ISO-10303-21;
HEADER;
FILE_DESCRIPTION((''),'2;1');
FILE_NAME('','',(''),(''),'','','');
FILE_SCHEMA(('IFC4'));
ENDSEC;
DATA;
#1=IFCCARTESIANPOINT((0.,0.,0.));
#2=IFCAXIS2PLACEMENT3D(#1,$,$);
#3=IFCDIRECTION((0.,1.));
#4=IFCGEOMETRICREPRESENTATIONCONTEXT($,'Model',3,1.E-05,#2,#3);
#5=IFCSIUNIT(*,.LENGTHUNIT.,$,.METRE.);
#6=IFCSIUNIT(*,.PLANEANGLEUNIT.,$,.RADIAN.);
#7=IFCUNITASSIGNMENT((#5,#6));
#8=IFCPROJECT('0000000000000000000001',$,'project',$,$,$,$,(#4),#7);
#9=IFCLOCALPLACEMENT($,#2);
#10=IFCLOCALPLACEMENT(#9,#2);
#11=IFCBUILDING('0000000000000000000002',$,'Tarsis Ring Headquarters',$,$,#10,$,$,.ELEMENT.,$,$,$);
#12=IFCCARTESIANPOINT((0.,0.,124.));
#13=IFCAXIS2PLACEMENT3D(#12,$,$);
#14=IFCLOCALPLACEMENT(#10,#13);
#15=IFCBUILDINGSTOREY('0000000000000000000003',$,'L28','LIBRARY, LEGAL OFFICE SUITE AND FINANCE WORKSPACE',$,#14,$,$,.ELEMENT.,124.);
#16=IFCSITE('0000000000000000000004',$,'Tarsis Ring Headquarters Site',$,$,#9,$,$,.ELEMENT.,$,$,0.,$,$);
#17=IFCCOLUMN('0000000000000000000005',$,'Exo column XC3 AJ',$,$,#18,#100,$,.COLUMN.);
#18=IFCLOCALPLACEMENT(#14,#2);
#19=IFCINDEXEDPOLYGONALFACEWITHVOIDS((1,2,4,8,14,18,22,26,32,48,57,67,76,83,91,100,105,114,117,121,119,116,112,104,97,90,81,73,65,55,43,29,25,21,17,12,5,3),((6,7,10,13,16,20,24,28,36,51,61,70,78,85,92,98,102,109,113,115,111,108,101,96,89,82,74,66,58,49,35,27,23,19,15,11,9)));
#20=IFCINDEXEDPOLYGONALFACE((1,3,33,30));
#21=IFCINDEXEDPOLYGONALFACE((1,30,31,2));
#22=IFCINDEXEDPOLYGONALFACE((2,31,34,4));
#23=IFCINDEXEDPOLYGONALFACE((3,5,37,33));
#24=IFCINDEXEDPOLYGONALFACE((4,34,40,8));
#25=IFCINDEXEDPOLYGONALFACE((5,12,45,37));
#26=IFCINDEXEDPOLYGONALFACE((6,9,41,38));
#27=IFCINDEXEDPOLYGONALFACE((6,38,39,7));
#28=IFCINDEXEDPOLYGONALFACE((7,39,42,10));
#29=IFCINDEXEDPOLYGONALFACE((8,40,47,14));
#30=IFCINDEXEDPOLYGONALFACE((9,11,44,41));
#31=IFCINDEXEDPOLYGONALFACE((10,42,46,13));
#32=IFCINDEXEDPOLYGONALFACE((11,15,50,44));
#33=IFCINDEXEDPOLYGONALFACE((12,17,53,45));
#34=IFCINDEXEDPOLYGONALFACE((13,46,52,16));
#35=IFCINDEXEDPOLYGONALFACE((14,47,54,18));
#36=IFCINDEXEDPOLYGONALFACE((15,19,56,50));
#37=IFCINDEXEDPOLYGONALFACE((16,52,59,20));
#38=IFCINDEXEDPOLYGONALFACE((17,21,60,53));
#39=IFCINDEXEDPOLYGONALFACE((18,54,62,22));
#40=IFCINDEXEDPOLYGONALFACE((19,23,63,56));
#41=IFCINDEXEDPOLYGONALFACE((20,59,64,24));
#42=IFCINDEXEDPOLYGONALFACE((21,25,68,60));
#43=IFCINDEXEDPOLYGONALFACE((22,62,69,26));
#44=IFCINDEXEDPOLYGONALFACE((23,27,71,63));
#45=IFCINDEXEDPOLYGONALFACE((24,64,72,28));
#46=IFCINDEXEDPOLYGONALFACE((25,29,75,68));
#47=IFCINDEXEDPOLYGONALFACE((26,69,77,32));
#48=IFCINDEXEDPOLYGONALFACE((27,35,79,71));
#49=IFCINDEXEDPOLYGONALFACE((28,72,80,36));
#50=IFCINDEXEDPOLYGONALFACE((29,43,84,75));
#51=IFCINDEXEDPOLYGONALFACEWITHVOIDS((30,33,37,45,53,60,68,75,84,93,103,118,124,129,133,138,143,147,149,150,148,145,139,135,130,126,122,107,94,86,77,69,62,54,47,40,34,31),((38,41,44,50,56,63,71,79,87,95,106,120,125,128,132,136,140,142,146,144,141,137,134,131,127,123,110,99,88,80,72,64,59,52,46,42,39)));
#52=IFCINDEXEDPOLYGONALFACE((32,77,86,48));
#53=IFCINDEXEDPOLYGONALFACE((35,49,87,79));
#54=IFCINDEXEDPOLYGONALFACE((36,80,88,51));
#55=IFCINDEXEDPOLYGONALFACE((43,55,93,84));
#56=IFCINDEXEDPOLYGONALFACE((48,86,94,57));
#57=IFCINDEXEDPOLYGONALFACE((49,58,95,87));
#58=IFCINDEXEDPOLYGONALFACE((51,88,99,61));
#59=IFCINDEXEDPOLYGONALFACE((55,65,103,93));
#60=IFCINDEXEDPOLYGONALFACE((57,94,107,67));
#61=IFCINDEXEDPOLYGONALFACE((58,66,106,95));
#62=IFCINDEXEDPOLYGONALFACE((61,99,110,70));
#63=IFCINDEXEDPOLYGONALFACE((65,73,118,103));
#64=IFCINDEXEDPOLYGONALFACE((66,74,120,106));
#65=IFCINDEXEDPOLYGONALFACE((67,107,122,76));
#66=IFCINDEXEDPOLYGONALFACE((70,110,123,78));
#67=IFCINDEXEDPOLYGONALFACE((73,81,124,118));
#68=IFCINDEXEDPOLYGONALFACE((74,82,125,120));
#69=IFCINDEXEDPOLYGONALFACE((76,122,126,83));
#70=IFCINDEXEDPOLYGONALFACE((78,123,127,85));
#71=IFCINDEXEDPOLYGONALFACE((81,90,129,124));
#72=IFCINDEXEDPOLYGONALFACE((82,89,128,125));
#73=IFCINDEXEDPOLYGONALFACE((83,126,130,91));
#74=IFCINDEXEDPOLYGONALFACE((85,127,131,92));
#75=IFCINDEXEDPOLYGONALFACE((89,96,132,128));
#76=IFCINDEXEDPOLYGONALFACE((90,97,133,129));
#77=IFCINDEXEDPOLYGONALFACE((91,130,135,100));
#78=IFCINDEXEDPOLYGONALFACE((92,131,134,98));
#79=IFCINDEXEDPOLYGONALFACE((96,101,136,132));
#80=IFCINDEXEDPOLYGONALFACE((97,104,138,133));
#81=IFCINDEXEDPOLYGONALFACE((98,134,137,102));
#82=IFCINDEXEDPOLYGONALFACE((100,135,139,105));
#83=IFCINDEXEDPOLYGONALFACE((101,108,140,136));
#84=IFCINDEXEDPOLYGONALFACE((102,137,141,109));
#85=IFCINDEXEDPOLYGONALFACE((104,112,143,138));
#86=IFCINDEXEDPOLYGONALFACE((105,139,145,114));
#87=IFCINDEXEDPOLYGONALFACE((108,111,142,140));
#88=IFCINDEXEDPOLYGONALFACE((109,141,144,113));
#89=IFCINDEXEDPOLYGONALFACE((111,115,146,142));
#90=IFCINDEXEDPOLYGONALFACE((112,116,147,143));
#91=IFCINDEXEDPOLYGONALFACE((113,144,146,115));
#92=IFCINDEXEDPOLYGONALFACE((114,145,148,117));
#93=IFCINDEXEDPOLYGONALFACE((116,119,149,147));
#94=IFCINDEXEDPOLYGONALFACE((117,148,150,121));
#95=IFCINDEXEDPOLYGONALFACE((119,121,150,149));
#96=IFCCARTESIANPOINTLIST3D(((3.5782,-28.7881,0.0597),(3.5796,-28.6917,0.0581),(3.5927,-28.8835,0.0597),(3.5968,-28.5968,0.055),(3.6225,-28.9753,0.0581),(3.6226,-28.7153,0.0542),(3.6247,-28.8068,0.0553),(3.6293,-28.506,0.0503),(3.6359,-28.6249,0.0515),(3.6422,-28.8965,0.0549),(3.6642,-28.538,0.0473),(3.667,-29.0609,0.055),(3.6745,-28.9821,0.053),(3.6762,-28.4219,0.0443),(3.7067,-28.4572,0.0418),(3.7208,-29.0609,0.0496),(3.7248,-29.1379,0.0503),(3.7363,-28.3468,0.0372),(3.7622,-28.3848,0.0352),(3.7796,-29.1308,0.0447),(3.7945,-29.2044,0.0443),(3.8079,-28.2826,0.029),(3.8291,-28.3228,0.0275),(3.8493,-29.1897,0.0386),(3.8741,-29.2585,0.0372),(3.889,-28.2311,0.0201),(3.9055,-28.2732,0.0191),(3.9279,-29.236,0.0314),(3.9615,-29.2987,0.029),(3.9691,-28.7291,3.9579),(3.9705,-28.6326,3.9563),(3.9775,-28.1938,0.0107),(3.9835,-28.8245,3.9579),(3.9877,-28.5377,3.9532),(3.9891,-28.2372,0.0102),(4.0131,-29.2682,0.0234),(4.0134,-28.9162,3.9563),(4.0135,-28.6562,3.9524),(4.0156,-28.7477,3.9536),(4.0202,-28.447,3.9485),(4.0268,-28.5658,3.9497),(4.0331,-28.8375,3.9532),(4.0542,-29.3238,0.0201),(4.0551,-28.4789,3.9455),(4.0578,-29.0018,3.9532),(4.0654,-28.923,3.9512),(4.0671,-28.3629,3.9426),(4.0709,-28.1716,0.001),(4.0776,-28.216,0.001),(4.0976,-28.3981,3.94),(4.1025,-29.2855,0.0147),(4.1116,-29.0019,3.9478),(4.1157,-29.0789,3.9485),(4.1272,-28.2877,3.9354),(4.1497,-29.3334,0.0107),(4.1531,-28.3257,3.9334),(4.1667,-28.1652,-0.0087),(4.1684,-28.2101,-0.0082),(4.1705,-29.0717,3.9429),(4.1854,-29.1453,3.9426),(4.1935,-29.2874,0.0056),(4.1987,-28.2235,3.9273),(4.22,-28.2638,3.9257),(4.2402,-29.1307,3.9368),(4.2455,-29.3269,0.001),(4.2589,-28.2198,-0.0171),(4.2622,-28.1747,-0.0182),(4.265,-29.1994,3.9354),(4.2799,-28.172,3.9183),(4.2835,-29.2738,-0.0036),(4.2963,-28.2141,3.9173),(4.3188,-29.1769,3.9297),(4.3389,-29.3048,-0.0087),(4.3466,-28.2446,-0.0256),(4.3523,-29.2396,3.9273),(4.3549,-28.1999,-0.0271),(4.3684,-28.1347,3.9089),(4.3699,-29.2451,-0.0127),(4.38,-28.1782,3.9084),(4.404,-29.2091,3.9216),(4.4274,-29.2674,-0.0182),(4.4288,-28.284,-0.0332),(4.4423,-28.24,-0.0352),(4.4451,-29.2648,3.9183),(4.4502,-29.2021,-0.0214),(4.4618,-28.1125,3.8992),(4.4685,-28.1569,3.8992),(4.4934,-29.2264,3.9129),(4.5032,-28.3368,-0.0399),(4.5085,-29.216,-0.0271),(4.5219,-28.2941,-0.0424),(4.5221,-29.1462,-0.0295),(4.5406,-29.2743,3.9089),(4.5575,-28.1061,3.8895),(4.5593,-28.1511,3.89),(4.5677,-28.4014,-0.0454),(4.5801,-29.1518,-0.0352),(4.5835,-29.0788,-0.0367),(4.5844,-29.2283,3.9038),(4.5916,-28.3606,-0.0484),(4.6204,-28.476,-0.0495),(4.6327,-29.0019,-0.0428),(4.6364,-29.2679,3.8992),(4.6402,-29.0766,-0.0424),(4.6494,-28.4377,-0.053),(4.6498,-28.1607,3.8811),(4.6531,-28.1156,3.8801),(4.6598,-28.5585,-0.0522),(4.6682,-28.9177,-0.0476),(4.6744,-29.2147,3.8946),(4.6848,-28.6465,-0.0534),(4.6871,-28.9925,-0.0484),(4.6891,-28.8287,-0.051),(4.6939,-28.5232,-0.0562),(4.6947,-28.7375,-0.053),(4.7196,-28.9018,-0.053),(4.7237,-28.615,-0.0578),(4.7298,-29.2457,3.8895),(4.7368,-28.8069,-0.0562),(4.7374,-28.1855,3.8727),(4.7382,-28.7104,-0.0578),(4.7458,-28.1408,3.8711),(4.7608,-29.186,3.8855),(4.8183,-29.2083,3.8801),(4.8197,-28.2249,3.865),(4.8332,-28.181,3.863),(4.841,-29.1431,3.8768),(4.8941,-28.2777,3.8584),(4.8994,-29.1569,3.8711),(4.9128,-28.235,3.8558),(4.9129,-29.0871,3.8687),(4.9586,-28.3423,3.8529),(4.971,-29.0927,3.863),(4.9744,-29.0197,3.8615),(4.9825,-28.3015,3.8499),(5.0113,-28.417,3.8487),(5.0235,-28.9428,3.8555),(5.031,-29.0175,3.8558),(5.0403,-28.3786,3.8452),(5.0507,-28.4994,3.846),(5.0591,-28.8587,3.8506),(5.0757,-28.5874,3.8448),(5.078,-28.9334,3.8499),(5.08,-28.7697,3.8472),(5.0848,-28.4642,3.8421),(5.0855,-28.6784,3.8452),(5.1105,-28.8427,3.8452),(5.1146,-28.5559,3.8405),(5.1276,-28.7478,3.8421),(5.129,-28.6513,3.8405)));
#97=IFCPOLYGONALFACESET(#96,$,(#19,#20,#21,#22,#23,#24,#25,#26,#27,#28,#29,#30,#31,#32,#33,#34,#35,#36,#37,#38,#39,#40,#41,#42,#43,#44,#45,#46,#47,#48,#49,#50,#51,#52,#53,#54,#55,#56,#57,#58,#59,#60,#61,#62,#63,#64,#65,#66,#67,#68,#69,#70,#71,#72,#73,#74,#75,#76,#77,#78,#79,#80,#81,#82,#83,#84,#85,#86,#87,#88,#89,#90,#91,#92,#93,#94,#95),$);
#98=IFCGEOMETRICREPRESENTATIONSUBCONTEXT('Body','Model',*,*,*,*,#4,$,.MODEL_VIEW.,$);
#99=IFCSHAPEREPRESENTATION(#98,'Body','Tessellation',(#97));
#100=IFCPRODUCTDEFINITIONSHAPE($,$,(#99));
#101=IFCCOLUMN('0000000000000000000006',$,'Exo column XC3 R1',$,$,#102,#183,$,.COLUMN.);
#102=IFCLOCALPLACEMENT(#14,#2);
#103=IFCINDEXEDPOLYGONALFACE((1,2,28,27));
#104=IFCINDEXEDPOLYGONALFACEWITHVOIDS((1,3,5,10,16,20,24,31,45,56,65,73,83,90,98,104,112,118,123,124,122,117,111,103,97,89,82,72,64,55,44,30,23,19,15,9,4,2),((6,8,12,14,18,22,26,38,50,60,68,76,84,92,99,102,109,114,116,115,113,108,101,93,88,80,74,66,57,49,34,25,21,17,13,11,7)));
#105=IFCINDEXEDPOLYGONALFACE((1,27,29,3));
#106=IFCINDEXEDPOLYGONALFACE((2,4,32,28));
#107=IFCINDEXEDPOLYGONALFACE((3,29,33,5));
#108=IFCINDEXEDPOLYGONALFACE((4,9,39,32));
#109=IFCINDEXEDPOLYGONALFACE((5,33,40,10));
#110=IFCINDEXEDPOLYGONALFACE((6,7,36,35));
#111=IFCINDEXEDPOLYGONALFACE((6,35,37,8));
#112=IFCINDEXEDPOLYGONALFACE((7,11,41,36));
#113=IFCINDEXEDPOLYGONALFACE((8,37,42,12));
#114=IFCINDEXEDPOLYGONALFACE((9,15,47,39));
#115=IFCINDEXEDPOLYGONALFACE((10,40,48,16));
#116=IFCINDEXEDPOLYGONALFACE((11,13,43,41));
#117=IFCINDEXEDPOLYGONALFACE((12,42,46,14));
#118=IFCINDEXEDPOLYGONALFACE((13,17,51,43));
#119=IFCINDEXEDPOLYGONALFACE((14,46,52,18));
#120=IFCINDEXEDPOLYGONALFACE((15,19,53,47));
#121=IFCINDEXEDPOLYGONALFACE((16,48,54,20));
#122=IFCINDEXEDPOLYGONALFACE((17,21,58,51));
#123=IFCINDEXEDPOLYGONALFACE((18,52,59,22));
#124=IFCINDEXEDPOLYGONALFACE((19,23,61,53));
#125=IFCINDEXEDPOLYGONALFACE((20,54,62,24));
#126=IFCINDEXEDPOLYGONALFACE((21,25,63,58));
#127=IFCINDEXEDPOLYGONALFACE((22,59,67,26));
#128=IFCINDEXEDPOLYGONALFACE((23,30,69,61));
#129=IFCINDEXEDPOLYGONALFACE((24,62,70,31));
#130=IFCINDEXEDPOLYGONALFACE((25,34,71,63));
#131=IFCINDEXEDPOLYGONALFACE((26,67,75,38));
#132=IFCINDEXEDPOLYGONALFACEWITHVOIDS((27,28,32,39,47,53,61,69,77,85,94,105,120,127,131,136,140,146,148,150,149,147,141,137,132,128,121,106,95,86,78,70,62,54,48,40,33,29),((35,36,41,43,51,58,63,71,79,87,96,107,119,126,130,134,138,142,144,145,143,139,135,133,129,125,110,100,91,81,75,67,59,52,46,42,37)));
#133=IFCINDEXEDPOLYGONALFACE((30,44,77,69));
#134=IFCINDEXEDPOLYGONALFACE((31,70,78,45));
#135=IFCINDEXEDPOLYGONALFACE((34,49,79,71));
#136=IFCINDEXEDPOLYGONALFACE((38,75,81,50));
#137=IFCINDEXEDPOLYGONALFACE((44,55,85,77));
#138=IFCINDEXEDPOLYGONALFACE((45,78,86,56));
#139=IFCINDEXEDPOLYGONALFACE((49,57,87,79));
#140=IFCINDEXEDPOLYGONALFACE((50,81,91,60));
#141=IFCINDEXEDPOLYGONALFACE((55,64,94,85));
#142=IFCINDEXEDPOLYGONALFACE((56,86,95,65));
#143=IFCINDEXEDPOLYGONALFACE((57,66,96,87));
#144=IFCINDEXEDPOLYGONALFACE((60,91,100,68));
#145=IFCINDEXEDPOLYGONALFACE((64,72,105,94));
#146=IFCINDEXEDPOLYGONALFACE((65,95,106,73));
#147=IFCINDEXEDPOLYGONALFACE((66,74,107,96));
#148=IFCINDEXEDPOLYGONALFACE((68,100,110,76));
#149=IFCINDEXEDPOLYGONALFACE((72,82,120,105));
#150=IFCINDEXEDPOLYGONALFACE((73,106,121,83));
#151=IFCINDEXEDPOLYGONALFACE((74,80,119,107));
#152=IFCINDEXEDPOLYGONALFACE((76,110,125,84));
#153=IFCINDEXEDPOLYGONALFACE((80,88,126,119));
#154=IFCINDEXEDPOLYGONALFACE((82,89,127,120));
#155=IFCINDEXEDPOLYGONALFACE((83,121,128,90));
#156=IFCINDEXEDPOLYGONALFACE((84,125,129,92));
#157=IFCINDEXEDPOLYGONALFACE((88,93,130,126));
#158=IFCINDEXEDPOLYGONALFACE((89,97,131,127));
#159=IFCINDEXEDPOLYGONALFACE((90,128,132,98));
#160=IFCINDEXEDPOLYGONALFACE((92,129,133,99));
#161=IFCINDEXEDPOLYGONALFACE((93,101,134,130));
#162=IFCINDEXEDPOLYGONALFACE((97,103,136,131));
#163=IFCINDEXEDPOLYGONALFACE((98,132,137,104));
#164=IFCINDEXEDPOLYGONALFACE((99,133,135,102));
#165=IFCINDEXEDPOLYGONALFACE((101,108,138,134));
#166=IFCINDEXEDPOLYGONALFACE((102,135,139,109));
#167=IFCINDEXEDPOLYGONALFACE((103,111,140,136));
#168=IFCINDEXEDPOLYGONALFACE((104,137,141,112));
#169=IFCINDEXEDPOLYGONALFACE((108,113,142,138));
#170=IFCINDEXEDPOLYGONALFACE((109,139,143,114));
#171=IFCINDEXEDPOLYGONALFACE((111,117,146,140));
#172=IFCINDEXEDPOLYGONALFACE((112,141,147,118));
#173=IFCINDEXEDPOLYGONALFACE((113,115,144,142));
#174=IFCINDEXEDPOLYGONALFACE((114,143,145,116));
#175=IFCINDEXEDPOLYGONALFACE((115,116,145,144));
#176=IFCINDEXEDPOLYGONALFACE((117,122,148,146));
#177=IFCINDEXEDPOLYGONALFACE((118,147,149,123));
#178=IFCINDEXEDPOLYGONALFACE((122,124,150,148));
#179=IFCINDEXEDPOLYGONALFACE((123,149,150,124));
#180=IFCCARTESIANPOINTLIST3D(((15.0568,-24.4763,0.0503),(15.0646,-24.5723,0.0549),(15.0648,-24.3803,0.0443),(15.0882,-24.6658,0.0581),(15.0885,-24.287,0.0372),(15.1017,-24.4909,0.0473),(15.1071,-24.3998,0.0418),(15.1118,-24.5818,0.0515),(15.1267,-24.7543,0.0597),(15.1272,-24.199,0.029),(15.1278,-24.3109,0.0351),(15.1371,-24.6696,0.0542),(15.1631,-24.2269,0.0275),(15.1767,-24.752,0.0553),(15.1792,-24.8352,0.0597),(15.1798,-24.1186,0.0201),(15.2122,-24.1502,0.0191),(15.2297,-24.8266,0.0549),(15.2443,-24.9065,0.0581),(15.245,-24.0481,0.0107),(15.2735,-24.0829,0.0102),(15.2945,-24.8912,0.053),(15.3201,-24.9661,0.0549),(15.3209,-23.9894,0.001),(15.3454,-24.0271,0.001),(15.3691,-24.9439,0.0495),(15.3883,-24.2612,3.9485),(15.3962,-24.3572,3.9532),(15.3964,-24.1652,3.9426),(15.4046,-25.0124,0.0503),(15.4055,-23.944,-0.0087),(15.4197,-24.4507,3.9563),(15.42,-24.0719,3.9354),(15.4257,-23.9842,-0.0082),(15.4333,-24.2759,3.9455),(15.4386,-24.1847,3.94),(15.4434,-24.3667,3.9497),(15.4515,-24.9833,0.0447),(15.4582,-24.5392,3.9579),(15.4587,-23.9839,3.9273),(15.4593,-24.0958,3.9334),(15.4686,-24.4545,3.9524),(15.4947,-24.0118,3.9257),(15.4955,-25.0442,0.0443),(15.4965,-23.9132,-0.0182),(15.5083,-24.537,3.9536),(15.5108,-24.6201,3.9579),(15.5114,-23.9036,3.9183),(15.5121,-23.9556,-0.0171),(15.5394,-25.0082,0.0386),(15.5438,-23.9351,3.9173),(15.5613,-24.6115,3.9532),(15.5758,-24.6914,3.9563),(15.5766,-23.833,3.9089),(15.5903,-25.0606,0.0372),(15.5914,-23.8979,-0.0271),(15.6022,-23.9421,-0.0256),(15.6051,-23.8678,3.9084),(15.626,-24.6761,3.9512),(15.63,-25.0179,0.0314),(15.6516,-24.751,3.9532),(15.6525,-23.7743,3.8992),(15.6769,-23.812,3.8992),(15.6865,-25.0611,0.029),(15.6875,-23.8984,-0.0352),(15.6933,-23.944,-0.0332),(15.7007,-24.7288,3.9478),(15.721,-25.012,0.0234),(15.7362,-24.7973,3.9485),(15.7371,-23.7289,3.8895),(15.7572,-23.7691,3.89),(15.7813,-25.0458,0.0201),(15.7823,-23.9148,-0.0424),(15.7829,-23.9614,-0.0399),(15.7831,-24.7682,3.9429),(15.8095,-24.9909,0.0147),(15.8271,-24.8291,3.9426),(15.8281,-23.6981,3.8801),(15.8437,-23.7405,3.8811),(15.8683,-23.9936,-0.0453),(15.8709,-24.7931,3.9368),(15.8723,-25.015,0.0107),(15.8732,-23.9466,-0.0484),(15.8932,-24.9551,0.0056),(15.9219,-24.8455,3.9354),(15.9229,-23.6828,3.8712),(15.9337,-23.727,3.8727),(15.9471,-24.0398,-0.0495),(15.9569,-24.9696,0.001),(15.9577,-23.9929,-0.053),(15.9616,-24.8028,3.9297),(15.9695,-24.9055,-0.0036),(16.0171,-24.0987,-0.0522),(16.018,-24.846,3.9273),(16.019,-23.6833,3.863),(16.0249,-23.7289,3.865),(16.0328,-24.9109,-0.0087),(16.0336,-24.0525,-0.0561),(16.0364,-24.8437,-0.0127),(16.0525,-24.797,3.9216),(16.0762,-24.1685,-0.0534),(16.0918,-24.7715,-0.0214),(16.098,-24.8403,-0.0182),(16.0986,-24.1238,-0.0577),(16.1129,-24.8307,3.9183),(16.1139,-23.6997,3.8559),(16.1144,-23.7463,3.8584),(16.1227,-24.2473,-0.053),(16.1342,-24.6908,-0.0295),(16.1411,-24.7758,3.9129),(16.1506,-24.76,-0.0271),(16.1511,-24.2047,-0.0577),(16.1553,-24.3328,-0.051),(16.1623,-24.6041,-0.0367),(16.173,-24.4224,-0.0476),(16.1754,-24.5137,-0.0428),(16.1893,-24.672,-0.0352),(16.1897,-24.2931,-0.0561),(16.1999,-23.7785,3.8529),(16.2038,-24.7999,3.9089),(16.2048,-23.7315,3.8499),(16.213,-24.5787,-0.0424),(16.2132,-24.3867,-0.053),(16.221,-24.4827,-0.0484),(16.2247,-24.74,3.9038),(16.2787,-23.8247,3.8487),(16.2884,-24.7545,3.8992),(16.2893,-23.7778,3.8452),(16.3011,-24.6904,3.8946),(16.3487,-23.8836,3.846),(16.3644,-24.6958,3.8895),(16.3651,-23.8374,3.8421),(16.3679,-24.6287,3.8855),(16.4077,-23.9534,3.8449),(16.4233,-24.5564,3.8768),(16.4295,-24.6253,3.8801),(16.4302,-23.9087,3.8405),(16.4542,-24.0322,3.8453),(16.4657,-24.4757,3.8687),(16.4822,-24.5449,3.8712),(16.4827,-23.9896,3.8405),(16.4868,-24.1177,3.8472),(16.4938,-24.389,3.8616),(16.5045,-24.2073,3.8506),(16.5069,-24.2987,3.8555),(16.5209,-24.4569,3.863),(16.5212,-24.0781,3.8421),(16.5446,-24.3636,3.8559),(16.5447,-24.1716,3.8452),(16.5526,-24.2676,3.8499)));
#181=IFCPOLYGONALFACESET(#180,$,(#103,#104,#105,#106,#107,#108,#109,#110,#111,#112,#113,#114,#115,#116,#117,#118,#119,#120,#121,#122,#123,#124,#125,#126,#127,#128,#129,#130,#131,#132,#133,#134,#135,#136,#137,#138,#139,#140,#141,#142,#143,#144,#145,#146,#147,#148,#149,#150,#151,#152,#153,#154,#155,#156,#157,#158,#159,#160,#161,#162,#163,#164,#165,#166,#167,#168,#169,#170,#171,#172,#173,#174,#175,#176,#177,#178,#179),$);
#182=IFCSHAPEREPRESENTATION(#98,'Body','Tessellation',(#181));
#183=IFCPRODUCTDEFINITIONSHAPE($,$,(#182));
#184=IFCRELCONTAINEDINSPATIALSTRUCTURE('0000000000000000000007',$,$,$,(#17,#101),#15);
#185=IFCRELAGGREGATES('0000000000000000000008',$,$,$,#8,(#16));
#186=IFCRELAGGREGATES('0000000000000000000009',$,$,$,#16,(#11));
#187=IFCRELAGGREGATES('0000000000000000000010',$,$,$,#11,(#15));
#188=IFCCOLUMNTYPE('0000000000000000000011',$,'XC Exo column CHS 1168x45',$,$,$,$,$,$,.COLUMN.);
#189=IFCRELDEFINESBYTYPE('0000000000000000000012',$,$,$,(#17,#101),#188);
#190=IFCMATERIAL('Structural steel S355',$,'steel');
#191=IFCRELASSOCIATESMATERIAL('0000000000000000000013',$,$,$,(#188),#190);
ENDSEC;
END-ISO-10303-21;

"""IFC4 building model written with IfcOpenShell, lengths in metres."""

from ifc_helpers import new_model, si_unit, direction, frame, origin, origin_2d, place, context, subcontext, project, spatial, hollow_circle, extrude, material, material_profile, profile_set, type_object, element, save


model = new_model("IFC4")

# Units and contexts
model_context = context("Model", 3, precision=1e-05, world=origin(), true_north=direction((0.0, 1.0)))
body_context = subcontext(model_context, "Body", "Model", "MODEL_VIEW")
ifc_project = project(units=[si_unit("LENGTHUNIT", "METRE"), si_unit("PLANEANGLEUNIT", "RADIAN")], contexts=[model_context])

# Site, building, storey
site_placement = place(None, origin())
site = spatial("IfcSite", under=ifc_project, at=site_placement, Name="Tarsis Ring Headquarters Site", CompositionType="ELEMENT", RefElevation=0.0)
building_placement = place(site_placement, origin())
building = spatial("IfcBuilding", under=site, at=building_placement, Name="Tarsis Ring Headquarters", CompositionType="ELEMENT")
storey_placement = place(building_placement, frame((0.0, 0.0, 124.0)))
storey = spatial("IfcBuildingStorey", under=building, at=storey_placement, Name="L28", Description="LIBRARY, LEGAL OFFICE SUITE AND FINANCE WORKSPACE", CompositionType="ELEMENT", Elevation=124.0)

# Columns
ifc_material_1 = material(Name="Structural steel S355", Category="steel")
ifc_material_profile_1 = material_profile(ifc_material_1, hollow_circle(Radius=0.5842, WallThickness=0.0449, at=origin_2d()), Name="CHS 1168x45")
ifc_profile_set_1 = profile_set([ifc_material_profile_1], Name="Structural steel S355")
column_type = type_object("IfcColumnType", Name="XC Exo column CHS 1168x45", PredefinedType="COLUMN", material=ifc_profile_set_1)
for number, where, z_axis, x_axis, name in (
    (1, (4.1582, -28.7493, 0.001), (0.099758, 0.015079, 0.994897), (-0.149458, 0.988768, 0.0), "Exo column XC3 AJ"),
    (2, (15.6389, -24.4795, 0.001), (0.084617, 0.054895, 0.9949), (-0.54425, 0.838923, 0.0), "Exo column XC3 R1"),
):
    element("IfcColumn", number, at=place(storey_placement, frame(where, z_axis=z_axis, x_axis=x_axis)), inside=storey, type_object=column_type, Name=name, PredefinedType="COLUMN", context=body_context, shape_type="SweptSolid", body=[
        extrude(hollow_circle(Radius=0.5842, WallThickness=0.0449, at=origin_2d()), origin(), (0.0, 0.0, 1.0), 3.9182),
    ])

save(model, "model.ifc")
